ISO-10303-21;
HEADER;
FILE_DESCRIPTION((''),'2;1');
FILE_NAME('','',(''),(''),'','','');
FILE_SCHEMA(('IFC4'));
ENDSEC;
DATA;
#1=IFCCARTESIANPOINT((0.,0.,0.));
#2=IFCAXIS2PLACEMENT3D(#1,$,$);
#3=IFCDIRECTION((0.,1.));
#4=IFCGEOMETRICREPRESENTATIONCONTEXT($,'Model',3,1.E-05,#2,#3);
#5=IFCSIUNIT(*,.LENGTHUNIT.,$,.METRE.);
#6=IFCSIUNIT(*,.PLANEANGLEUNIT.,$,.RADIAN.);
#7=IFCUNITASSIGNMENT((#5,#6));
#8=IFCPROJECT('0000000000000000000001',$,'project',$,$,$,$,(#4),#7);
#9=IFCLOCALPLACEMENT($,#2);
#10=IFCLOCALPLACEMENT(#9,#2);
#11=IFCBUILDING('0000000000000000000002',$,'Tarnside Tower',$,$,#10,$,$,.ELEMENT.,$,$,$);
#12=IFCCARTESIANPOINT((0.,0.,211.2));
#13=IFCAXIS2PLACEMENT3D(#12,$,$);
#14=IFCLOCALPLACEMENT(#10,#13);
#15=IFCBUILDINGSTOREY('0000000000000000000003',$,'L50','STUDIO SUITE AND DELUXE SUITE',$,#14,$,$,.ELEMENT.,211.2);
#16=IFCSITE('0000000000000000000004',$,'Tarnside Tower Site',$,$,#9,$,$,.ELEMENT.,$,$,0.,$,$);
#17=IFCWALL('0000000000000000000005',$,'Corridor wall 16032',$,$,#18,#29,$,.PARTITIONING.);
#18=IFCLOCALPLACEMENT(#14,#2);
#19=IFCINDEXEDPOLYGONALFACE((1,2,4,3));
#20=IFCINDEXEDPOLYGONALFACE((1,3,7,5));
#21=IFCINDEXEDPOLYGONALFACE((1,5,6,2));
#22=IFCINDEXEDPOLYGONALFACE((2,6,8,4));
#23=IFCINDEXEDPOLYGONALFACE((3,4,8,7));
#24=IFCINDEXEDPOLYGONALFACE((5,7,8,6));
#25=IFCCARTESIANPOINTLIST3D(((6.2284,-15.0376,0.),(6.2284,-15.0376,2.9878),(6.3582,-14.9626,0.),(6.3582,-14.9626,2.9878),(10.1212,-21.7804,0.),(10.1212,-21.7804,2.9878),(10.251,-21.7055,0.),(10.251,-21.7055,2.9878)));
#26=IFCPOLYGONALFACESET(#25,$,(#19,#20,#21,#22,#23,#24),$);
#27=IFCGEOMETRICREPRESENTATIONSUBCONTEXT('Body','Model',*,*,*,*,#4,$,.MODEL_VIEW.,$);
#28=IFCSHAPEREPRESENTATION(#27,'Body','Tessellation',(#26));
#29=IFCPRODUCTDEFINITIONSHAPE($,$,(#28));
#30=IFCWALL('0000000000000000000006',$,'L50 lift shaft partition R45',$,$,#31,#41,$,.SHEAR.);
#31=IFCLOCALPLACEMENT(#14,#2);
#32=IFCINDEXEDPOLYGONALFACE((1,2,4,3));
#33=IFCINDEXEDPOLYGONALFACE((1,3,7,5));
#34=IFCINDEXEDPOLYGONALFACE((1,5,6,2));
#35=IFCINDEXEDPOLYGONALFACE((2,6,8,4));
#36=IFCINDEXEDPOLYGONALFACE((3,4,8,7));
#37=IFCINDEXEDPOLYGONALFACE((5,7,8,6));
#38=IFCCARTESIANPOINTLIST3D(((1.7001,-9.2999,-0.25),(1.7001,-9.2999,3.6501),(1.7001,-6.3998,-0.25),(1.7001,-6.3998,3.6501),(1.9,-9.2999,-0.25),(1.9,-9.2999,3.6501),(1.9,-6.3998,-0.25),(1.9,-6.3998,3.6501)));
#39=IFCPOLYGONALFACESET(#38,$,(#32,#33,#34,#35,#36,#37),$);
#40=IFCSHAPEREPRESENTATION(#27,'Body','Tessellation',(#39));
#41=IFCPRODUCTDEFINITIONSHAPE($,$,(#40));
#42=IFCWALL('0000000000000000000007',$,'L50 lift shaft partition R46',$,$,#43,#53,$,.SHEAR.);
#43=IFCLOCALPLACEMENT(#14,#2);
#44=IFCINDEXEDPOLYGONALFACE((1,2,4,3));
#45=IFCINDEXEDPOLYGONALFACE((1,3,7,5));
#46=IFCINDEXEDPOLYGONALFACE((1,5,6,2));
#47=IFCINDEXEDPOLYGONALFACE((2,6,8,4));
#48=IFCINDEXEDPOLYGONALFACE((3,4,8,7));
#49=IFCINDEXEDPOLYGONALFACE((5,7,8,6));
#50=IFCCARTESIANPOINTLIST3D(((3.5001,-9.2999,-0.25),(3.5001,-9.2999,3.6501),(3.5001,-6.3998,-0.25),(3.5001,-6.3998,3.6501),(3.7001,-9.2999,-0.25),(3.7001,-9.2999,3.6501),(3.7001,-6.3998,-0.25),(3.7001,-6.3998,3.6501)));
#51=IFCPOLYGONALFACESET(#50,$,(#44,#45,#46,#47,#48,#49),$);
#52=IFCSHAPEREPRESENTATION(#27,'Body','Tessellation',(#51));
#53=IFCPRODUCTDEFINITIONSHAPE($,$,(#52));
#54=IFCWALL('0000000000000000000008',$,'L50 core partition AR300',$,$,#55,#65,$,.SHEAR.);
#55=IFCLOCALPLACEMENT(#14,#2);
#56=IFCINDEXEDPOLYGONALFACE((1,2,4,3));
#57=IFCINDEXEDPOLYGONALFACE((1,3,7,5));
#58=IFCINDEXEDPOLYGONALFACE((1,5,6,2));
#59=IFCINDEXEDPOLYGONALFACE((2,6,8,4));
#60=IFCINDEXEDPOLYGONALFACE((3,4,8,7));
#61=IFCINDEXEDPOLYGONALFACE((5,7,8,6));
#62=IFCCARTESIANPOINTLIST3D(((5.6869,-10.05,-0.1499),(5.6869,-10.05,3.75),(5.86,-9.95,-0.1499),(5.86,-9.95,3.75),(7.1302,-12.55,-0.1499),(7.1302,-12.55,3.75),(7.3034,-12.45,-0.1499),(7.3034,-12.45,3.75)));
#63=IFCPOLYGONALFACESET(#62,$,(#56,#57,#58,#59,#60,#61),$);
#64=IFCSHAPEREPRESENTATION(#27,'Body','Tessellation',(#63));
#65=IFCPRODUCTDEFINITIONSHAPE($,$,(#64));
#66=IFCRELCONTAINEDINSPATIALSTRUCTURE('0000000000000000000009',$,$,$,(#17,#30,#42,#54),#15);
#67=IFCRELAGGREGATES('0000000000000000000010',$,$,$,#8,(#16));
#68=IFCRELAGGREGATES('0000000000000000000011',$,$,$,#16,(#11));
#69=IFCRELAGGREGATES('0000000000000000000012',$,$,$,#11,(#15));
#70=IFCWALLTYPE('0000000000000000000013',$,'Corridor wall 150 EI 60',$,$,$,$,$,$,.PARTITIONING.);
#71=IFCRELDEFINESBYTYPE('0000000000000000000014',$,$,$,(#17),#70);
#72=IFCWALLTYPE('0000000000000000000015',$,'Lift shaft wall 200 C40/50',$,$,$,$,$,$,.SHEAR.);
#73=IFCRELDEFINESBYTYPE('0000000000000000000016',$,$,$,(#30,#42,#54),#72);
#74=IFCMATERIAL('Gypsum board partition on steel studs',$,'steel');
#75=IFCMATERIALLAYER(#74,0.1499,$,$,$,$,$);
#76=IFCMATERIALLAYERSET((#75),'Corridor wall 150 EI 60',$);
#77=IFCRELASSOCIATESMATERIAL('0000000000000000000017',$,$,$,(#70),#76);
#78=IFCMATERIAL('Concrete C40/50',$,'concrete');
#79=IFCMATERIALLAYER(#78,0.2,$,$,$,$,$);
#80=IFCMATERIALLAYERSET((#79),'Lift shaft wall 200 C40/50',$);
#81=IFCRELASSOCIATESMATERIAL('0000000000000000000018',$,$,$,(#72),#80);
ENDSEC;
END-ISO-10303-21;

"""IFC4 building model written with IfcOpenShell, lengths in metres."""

from ifc_helpers import new_model, si_unit, direction, frame, frame_2d, origin, place, context, subcontext, project, spatial, rectangle, extrude, material, layer, layer_set, type_object, element, save


model = new_model("IFC4")

# Units and contexts
model_context = context("Model", 3, precision=1e-05, world=origin(), true_north=direction((0.0, 1.0)))
body_context = subcontext(model_context, "Body", "Model", "MODEL_VIEW")
ifc_project = project(units=[si_unit("LENGTHUNIT", "METRE"), si_unit("PLANEANGLEUNIT", "RADIAN")], contexts=[model_context])

# Site, building, storey
site_placement = place(None, origin())
site = spatial("IfcSite", under=ifc_project, at=site_placement, Name="Tarnside Tower Site", CompositionType="ELEMENT", RefElevation=0.0)
building_placement = place(site_placement, origin())
building = spatial("IfcBuilding", under=site, at=building_placement, Name="Tarnside Tower", CompositionType="ELEMENT")
storey_placement = place(building_placement, frame((0.0, 0.0, 211.2)))
storey = spatial("IfcBuildingStorey", under=building, at=storey_placement, Name="L50", Description="STUDIO SUITE AND DELUXE SUITE", CompositionType="ELEMENT", Elevation=211.2)

# Shared definitions
ifc_material_1 = material(Name="Gypsum board partition on steel studs", Category="steel")

# Shared definitions
ifc_material_2 = material(Name="Concrete C40/50", Category="concrete")

# Walls
ifc_layer_1 = layer(ifc_material_1, 0.1499)
ifc_layer_set_1 = layer_set([ifc_layer_1], Name="Corridor wall 150 EI 60")
wall_type_1 = type_object("IfcWallType", Name="Corridor wall 150 EI 60", PredefinedType="PARTITIONING", material=ifc_layer_set_1)
wall_1_placement = place(storey_placement, frame((6.2932, -15.0, 0.0), z_axis=(0.0, 0.0, 1.0), x_axis=(0.49998, -0.866037, 0.0)))
element("IfcWall", 1, at=wall_1_placement, inside=storey, type_object=wall_type_1, Name="Corridor wall 16032", PredefinedType="PARTITIONING", context=body_context, shape_type="SweptSolid", body=[
    extrude(rectangle(XDim=7.7859, YDim=0.1499, at=frame_2d((3.8931, 0.0))), origin(), (0.0, 0.0, 1.0), 2.9878),
])
ifc_layer_2 = layer(ifc_material_2, 0.2)
ifc_layer_set_2 = layer_set([ifc_layer_2], Name="Lift shaft wall 200 C40/50")
wall_type_2 = type_object("IfcWallType", Name="Lift shaft wall 200 C40/50", PredefinedType="SHEAR", material=ifc_layer_set_2)
for number, where, z_axis, x_axis, name in (
    (2, (1.8, -9.3, -0.25), (0.0, 0.0, 1.0), (0.0, 1.0, 0.0), "L50 lift shaft partition R45"),
    (3, (3.6001, -9.3, -0.25), (0.0, 0.0, 1.0), (0.0, 1.0, 0.0), "L50 lift shaft partition R46"),
):
    element("IfcWall", number, at=place(storey_placement, frame(where, z_axis=z_axis, x_axis=x_axis)), inside=storey, type_object=wall_type_2, Name=name, PredefinedType="SHEAR", context=body_context, shape_type="SweptSolid", body=[
        extrude(rectangle(XDim=2.9001, YDim=0.2, at=frame_2d((1.4502, 0.0))), origin(), (0.0, 0.0, 1.0), 3.9001),
    ])
wall_2_placement = place(storey_placement, frame((5.7734, -10.0, -0.1499), z_axis=(0.0, 0.0, 1.0), x_axis=(0.499996, -0.866028, 0.0)))
element("IfcWall", 4, at=wall_2_placement, inside=storey, type_object=wall_type_2, Name="L50 core partition AR300", PredefinedType="SHEAR", context=body_context, shape_type="SweptSolid", body=[
    extrude(rectangle(XDim=2.8867, YDim=0.2, at=frame_2d((1.4434, 0.0))), origin(), (0.0, 0.0, 1.0), 3.8999),
])

save(model, "model.ifc")
